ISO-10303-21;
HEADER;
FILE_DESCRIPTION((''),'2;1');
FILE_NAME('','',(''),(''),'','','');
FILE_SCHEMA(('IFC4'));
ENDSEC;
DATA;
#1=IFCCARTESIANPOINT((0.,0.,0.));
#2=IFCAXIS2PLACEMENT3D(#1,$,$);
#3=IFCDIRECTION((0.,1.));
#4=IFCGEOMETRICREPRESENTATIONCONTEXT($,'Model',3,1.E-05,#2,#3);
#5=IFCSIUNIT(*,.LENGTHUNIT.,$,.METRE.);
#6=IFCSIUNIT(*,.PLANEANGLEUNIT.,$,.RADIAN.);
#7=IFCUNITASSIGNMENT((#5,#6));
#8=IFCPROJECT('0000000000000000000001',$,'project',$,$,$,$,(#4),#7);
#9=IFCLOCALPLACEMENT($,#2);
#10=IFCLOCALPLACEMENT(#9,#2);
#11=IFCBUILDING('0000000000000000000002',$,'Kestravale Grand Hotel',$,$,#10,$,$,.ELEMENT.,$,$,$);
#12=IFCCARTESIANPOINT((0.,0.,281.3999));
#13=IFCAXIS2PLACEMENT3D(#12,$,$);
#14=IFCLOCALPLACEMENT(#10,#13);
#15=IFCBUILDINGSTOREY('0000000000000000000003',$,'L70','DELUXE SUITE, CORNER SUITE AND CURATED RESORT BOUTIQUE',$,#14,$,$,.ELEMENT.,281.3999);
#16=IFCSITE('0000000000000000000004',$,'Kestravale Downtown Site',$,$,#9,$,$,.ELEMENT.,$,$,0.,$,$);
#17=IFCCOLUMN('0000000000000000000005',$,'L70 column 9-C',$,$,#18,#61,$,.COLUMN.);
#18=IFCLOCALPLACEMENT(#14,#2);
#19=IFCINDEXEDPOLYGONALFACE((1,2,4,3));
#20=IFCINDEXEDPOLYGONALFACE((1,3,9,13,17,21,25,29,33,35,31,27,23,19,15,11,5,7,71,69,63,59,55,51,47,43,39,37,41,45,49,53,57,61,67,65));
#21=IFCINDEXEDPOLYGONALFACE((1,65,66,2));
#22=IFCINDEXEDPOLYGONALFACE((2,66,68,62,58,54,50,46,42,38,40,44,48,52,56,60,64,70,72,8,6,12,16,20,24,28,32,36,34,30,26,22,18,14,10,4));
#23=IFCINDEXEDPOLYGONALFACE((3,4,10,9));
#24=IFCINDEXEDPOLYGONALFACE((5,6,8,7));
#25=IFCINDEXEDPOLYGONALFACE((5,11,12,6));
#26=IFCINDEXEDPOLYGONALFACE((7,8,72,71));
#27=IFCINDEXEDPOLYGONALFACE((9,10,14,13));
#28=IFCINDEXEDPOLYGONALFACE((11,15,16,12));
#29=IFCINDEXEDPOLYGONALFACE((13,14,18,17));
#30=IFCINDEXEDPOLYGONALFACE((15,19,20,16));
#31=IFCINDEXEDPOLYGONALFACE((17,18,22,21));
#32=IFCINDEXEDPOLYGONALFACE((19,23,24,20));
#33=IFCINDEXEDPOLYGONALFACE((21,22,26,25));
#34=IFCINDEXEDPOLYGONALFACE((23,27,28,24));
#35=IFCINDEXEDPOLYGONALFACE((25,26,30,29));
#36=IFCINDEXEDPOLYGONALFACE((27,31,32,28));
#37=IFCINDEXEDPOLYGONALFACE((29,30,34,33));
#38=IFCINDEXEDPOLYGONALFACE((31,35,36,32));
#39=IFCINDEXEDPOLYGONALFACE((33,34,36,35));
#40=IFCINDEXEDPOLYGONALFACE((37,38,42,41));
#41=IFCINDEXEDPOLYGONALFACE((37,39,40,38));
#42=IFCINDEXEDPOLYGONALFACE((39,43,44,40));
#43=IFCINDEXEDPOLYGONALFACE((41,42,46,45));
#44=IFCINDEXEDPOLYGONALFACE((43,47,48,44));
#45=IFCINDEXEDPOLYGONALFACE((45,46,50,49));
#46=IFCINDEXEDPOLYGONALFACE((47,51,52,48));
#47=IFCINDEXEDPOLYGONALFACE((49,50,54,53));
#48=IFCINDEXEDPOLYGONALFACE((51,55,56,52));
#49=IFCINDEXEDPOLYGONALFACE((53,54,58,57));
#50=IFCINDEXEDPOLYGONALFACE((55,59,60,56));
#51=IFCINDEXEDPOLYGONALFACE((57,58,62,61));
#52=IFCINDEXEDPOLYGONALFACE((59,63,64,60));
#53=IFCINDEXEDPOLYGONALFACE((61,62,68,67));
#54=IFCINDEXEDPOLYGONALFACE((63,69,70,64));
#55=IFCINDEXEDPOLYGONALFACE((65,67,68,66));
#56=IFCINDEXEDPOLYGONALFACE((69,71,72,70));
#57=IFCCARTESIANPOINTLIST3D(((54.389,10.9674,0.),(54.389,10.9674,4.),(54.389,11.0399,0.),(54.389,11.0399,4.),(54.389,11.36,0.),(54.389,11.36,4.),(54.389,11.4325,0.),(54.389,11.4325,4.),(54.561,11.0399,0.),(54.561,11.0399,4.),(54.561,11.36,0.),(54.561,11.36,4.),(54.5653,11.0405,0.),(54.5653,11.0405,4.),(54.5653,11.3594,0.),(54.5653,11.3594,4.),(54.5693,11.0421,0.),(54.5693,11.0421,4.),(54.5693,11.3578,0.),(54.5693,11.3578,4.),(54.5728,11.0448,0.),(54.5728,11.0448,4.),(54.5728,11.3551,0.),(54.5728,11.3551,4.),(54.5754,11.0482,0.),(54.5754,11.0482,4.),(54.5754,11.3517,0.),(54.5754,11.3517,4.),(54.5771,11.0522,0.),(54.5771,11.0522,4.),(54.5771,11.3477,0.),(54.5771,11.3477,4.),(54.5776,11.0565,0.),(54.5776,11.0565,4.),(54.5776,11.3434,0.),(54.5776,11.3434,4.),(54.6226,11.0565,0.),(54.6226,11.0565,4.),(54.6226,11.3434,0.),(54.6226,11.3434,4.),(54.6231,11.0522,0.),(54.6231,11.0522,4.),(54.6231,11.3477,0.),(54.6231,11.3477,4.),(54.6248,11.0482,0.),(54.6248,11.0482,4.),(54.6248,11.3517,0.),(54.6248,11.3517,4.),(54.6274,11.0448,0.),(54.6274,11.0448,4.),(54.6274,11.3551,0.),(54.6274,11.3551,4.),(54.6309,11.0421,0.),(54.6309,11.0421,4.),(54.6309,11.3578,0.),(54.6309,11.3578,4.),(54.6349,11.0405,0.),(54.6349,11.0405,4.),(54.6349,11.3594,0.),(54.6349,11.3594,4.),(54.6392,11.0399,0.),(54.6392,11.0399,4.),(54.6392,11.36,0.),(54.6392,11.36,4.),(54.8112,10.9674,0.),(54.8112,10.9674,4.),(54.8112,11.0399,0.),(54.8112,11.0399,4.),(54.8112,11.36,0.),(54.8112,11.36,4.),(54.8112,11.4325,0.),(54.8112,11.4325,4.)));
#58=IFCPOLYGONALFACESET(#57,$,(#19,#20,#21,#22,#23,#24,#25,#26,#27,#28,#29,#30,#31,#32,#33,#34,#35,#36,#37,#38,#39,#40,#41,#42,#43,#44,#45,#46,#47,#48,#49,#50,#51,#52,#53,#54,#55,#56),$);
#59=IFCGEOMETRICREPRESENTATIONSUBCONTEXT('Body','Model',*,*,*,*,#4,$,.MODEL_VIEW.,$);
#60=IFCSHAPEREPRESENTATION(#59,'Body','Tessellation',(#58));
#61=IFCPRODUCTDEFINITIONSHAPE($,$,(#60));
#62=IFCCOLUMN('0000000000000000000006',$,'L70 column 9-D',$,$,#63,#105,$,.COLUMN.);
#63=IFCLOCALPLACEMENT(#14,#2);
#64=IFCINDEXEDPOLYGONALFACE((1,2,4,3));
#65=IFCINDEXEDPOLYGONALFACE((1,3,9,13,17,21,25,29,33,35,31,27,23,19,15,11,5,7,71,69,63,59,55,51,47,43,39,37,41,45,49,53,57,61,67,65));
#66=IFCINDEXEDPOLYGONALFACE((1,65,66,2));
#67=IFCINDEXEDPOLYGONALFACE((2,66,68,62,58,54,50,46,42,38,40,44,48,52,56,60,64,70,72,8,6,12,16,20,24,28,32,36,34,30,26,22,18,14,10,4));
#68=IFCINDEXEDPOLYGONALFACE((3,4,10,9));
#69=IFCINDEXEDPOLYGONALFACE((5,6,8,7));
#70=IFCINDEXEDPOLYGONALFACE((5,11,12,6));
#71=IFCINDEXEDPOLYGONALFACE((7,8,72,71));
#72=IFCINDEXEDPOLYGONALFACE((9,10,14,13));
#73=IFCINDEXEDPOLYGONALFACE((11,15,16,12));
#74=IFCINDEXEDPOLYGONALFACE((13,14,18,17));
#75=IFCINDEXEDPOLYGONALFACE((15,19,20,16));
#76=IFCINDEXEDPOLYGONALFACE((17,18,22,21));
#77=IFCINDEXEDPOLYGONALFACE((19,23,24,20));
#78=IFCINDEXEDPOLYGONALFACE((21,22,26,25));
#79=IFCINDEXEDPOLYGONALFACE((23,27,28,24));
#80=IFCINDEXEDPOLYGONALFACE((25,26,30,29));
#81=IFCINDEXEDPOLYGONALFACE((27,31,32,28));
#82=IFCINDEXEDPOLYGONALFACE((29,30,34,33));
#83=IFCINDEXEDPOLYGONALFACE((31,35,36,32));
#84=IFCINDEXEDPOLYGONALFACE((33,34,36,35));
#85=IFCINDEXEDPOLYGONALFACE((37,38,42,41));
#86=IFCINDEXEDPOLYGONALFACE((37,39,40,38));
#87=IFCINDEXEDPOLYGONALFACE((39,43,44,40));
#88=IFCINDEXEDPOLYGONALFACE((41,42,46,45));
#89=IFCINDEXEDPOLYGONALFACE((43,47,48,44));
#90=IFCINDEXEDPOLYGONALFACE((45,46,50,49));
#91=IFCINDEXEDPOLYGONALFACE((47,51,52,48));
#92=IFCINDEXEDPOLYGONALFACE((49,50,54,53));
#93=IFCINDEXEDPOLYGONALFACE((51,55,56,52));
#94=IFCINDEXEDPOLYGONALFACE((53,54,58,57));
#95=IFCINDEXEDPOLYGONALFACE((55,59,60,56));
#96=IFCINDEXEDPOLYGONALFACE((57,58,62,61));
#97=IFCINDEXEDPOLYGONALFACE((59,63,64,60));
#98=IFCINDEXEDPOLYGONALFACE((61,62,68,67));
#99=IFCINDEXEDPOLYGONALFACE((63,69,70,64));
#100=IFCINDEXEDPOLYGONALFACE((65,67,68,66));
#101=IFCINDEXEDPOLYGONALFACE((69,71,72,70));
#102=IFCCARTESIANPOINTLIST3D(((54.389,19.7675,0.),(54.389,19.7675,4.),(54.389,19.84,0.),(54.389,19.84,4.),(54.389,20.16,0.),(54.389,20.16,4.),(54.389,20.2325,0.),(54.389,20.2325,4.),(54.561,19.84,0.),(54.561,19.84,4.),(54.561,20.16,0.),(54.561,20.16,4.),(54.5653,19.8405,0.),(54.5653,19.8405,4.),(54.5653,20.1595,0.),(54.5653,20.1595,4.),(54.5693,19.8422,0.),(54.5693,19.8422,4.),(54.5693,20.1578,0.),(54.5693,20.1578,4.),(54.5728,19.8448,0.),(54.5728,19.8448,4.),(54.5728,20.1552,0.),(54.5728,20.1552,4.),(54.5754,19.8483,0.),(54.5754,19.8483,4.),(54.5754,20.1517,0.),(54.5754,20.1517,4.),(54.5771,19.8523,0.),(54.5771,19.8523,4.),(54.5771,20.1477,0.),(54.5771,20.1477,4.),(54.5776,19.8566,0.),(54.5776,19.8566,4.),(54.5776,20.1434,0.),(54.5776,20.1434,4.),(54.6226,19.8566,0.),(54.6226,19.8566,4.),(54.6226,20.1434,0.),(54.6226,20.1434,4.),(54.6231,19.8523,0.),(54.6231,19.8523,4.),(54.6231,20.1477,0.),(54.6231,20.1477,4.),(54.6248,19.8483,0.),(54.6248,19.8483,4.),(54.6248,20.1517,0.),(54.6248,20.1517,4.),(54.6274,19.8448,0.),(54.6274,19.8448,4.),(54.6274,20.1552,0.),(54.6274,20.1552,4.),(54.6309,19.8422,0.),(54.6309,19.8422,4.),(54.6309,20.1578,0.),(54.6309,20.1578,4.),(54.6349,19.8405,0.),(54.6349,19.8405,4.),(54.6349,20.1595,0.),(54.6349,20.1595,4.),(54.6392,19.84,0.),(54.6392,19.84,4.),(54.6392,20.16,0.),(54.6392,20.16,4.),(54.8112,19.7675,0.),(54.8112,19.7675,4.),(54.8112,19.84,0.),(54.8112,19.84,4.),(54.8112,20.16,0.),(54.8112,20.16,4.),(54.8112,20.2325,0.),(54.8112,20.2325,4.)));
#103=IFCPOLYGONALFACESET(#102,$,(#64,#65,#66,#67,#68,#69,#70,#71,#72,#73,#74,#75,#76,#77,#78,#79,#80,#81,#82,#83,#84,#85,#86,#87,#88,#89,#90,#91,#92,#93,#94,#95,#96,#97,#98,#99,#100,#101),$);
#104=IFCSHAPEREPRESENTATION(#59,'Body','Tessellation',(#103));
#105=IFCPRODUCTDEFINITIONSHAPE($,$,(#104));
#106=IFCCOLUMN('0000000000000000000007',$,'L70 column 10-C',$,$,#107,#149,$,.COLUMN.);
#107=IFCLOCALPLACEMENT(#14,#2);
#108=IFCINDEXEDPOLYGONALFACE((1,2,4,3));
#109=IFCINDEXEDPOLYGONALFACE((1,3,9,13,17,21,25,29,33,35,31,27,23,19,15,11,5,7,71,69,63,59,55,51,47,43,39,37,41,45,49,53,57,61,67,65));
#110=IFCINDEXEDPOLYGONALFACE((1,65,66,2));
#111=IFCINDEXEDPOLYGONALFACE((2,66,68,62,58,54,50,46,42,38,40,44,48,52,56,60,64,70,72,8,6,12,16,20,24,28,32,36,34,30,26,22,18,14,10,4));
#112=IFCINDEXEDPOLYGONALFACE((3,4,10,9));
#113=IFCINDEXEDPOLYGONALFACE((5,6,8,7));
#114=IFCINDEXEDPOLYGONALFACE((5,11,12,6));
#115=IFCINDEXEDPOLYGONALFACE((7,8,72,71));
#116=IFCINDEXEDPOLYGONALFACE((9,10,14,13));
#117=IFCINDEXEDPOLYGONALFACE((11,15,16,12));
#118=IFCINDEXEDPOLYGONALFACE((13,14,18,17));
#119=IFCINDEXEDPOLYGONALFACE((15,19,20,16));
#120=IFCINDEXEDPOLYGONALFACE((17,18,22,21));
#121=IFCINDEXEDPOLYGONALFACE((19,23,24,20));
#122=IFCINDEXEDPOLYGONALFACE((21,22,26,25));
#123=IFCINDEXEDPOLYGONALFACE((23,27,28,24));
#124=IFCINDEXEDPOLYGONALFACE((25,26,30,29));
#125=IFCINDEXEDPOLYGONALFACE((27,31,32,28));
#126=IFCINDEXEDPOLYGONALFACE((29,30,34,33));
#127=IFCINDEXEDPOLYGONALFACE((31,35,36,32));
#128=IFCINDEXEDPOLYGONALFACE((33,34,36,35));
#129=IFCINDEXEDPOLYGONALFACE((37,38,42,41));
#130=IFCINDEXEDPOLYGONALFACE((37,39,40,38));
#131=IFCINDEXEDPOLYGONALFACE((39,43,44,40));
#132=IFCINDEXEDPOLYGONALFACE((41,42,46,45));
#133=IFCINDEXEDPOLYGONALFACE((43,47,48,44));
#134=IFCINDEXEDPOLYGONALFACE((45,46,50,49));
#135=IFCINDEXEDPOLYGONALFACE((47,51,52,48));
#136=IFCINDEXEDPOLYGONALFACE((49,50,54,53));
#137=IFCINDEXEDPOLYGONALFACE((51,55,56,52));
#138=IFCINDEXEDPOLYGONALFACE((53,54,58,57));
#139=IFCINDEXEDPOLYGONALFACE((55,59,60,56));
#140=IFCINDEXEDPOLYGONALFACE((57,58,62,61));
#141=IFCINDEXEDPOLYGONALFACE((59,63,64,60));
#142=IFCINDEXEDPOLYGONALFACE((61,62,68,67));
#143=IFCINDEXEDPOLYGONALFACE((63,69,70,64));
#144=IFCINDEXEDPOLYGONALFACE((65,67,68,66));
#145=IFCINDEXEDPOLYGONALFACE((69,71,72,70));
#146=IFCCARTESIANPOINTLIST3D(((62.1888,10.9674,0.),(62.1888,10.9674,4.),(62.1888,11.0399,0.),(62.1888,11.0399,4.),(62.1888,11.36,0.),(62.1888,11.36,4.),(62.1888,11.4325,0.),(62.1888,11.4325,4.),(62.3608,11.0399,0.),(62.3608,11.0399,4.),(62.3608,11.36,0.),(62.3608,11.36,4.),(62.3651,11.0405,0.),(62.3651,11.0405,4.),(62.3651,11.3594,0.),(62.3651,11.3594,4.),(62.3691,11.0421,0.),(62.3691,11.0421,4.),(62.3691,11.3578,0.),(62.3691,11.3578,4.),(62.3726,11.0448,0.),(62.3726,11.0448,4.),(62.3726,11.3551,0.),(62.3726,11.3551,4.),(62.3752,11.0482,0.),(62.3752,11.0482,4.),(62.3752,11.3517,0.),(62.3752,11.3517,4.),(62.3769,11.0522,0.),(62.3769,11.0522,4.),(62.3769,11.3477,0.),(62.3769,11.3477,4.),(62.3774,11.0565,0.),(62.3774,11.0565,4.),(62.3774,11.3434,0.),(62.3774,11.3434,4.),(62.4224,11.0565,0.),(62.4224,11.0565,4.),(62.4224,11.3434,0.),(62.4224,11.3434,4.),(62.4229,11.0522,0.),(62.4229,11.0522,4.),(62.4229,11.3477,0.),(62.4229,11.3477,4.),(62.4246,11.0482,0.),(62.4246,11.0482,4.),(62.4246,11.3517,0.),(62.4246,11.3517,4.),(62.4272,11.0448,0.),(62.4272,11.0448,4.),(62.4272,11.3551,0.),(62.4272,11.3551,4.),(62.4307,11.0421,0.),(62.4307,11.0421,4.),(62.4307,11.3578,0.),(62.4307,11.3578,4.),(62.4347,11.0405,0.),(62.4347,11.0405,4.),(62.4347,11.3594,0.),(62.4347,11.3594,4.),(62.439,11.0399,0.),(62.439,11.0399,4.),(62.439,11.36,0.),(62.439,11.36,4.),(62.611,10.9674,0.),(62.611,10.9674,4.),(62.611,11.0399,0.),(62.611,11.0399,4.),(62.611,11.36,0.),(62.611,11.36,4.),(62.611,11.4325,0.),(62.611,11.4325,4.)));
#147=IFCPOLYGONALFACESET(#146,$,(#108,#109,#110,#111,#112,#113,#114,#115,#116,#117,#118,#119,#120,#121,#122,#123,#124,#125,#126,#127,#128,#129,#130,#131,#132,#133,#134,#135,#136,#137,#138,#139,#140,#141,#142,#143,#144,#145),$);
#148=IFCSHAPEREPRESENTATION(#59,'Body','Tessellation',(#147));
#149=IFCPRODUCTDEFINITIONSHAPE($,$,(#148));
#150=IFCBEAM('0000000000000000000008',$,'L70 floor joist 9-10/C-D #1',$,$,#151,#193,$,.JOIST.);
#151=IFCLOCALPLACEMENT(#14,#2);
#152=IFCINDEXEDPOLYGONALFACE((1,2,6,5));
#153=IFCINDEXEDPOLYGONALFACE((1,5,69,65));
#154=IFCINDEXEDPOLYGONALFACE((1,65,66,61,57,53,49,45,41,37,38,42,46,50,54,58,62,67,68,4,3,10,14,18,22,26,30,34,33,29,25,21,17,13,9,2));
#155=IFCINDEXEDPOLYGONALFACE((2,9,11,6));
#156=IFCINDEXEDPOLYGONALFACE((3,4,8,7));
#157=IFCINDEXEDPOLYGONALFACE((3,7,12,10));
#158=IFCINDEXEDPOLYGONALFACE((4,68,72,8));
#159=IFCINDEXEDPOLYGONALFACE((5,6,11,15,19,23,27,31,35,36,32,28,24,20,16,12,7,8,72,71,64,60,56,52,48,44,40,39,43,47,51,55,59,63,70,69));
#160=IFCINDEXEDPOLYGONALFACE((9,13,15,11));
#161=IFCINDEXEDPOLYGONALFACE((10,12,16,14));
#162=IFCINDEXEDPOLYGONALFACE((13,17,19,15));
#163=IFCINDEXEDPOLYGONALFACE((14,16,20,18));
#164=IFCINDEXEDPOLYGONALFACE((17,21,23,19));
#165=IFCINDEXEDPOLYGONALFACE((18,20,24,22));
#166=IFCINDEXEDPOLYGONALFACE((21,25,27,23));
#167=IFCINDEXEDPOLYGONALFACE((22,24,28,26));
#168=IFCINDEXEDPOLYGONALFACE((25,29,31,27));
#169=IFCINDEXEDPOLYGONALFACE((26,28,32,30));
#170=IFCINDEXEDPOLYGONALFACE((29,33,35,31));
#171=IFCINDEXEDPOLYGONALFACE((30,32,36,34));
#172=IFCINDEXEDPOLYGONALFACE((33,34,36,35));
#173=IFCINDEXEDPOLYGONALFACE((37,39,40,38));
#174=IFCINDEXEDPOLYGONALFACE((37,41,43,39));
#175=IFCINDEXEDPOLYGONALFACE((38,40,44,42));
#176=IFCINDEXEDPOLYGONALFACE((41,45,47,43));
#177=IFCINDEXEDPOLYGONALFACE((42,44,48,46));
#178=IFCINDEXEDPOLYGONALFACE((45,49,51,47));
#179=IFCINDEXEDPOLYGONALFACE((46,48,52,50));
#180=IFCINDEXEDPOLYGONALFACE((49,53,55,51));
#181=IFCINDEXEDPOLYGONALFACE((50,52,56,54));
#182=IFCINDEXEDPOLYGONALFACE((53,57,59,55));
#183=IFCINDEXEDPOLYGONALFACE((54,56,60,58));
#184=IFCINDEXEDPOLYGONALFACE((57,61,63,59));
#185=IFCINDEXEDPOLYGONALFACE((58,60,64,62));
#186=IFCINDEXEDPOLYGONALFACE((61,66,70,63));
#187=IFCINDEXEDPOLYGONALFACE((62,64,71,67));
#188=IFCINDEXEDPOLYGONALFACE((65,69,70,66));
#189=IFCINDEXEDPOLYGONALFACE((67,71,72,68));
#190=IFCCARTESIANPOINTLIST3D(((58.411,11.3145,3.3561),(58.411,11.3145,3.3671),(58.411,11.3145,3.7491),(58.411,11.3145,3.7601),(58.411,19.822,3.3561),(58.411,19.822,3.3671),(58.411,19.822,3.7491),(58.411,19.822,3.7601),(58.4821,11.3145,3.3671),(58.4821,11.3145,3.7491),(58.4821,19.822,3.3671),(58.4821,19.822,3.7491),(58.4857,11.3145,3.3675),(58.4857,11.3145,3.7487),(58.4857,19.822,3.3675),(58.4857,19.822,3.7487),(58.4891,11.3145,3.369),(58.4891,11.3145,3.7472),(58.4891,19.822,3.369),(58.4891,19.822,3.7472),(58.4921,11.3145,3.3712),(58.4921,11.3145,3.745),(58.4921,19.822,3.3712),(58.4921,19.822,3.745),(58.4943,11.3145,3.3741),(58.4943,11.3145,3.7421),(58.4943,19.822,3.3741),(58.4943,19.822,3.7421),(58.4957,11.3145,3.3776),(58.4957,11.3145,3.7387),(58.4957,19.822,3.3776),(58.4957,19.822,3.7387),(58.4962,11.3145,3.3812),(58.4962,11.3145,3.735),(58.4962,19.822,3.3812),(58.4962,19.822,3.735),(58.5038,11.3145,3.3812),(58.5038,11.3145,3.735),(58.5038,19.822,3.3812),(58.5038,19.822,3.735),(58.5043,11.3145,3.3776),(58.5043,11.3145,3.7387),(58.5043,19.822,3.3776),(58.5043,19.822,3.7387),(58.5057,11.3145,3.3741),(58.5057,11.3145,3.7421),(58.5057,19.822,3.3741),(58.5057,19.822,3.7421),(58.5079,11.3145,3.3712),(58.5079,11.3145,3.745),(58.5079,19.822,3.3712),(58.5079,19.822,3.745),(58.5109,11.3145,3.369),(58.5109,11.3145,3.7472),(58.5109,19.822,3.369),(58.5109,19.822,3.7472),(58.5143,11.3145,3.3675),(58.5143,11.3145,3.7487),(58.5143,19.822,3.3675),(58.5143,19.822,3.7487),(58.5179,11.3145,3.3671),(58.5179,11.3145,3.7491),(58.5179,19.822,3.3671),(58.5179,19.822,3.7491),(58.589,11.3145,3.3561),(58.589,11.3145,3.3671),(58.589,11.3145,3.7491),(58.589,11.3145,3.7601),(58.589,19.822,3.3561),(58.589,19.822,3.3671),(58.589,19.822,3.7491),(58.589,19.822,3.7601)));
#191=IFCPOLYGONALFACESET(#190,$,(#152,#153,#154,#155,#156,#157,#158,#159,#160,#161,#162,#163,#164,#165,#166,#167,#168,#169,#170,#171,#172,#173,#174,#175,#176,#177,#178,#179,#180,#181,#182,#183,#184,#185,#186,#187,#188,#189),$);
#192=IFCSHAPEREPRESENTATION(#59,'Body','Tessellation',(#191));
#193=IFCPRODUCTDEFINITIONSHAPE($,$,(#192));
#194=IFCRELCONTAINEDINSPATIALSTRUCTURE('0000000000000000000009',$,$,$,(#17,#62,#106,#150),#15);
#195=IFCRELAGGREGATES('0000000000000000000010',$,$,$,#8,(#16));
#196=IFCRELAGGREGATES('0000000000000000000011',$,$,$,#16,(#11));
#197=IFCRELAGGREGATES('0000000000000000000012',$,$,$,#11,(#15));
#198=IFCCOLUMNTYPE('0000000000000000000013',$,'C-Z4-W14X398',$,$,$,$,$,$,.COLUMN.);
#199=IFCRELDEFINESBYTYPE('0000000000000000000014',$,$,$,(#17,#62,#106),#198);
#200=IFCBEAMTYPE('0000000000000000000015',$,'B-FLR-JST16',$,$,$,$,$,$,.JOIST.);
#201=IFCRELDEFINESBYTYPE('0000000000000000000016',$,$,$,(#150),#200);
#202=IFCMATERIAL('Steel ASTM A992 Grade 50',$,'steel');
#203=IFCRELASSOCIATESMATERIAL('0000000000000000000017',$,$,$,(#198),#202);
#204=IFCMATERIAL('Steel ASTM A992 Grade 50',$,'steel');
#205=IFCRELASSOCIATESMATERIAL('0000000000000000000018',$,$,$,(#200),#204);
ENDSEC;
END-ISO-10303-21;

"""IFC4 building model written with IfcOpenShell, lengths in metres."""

from ifc_helpers import new_model, si_unit, direction, frame, origin, origin_2d, place, context, subcontext, project, spatial, i_section, extrude, material, material_profile, profile_set, type_object, element, save


model = new_model("IFC4")

# Units and contexts
model_context = context("Model", 3, precision=1e-05, world=origin(), true_north=direction((0.0, 1.0)))
body_context = subcontext(model_context, "Body", "Model", "MODEL_VIEW")
ifc_project = project(units=[si_unit("LENGTHUNIT", "METRE"), si_unit("PLANEANGLEUNIT", "RADIAN")], contexts=[model_context])

# Site, building, storey
site_placement = place(None, origin())
site = spatial("IfcSite", under=ifc_project, at=site_placement, Name="Kestravale Downtown Site", CompositionType="ELEMENT", RefElevation=0.0)
building_placement = place(site_placement, origin())
building = spatial("IfcBuilding", under=site, at=building_placement, Name="Kestravale Grand Hotel", CompositionType="ELEMENT")
storey_placement = place(building_placement, frame((0.0, 0.0, 281.3999)))
storey = spatial("IfcBuildingStorey", under=building, at=storey_placement, Name="L70", Description="DELUXE SUITE, CORNER SUITE AND CURATED RESORT BOUTIQUE", CompositionType="ELEMENT", Elevation=281.3999)

# Columns
ifc_material_1 = material(Name="Steel ASTM A992 Grade 50", Category="steel")
ifc_material_profile_1 = material_profile(ifc_material_1, i_section(OverallWidth=0.4221, OverallDepth=0.4651, WebThickness=0.0449, FlangeThickness=0.0725, FilletRadius=0.0166, at=origin_2d()))
ifc_profile_set_1 = profile_set([ifc_material_profile_1], Name="Steel ASTM A992 Grade 50")
column_type = type_object("IfcColumnType", Name="C-Z4-W14X398", PredefinedType="COLUMN", material=ifc_profile_set_1)
for number, where, z_axis, x_axis, name in (
    (1, (54.6001, 11.2, 0.0), (0.0, 0.0, 1.0), (1.0, 0.0, 0.0), "L70 column 9-C"),
    (2, (54.6001, 20.0, 0.0), (0.0, 0.0, 1.0), (1.0, 0.0, 0.0), "L70 column 9-D"),
    (3, (62.3999, 11.2, 0.0), (0.0, 0.0, 1.0), (1.0, 0.0, 0.0), "L70 column 10-C"),
):
    element("IfcColumn", number, at=place(storey_placement, frame(where, z_axis=z_axis, x_axis=x_axis)), inside=storey, type_object=column_type, Name=name, PredefinedType="COLUMN", context=body_context, shape_type="SweptSolid", body=[
        extrude(i_section(OverallWidth=0.4221, OverallDepth=0.4651, WebThickness=0.0449, FlangeThickness=0.0725, FilletRadius=0.0166, at=origin_2d()), origin(), (0.0, 0.0, 1.0), 4.0),
    ])

# Beam
ifc_material_2 = material(Name="Steel ASTM A992 Grade 50", Category="steel")
ifc_material_profile_2 = material_profile(ifc_material_2, i_section(OverallWidth=0.178, OverallDepth=0.4041, WebThickness=0.0076, FlangeThickness=0.011, FilletRadius=0.0142, at=origin_2d()))
ifc_profile_set_2 = profile_set([ifc_material_profile_2], Name="Steel ASTM A992 Grade 50")
beam_type_1 = type_object("IfcBeamType", Name="B-FLR-JST16", PredefinedType="JOIST", material=ifc_profile_set_2)
beam_1_placement = place(storey_placement, frame((58.5, 11.3145, 3.5581), z_axis=(0.0, 1.0, 0.0), x_axis=(-1.0, 0.0, 0.0)))
element("IfcBeam", 4, at=beam_1_placement, inside=storey, type_object=beam_type_1, Name="L70 floor joist 9-10/C-D #1", PredefinedType="JOIST", context=body_context, shape_type="SweptSolid", body=[
    extrude(i_section(OverallWidth=0.178, OverallDepth=0.4041, WebThickness=0.0076, FlangeThickness=0.011, FilletRadius=0.0142, at=origin_2d()), origin(), (0.0, 0.0, 1.0), 8.5076),
])

save(model, "model.ifc")
